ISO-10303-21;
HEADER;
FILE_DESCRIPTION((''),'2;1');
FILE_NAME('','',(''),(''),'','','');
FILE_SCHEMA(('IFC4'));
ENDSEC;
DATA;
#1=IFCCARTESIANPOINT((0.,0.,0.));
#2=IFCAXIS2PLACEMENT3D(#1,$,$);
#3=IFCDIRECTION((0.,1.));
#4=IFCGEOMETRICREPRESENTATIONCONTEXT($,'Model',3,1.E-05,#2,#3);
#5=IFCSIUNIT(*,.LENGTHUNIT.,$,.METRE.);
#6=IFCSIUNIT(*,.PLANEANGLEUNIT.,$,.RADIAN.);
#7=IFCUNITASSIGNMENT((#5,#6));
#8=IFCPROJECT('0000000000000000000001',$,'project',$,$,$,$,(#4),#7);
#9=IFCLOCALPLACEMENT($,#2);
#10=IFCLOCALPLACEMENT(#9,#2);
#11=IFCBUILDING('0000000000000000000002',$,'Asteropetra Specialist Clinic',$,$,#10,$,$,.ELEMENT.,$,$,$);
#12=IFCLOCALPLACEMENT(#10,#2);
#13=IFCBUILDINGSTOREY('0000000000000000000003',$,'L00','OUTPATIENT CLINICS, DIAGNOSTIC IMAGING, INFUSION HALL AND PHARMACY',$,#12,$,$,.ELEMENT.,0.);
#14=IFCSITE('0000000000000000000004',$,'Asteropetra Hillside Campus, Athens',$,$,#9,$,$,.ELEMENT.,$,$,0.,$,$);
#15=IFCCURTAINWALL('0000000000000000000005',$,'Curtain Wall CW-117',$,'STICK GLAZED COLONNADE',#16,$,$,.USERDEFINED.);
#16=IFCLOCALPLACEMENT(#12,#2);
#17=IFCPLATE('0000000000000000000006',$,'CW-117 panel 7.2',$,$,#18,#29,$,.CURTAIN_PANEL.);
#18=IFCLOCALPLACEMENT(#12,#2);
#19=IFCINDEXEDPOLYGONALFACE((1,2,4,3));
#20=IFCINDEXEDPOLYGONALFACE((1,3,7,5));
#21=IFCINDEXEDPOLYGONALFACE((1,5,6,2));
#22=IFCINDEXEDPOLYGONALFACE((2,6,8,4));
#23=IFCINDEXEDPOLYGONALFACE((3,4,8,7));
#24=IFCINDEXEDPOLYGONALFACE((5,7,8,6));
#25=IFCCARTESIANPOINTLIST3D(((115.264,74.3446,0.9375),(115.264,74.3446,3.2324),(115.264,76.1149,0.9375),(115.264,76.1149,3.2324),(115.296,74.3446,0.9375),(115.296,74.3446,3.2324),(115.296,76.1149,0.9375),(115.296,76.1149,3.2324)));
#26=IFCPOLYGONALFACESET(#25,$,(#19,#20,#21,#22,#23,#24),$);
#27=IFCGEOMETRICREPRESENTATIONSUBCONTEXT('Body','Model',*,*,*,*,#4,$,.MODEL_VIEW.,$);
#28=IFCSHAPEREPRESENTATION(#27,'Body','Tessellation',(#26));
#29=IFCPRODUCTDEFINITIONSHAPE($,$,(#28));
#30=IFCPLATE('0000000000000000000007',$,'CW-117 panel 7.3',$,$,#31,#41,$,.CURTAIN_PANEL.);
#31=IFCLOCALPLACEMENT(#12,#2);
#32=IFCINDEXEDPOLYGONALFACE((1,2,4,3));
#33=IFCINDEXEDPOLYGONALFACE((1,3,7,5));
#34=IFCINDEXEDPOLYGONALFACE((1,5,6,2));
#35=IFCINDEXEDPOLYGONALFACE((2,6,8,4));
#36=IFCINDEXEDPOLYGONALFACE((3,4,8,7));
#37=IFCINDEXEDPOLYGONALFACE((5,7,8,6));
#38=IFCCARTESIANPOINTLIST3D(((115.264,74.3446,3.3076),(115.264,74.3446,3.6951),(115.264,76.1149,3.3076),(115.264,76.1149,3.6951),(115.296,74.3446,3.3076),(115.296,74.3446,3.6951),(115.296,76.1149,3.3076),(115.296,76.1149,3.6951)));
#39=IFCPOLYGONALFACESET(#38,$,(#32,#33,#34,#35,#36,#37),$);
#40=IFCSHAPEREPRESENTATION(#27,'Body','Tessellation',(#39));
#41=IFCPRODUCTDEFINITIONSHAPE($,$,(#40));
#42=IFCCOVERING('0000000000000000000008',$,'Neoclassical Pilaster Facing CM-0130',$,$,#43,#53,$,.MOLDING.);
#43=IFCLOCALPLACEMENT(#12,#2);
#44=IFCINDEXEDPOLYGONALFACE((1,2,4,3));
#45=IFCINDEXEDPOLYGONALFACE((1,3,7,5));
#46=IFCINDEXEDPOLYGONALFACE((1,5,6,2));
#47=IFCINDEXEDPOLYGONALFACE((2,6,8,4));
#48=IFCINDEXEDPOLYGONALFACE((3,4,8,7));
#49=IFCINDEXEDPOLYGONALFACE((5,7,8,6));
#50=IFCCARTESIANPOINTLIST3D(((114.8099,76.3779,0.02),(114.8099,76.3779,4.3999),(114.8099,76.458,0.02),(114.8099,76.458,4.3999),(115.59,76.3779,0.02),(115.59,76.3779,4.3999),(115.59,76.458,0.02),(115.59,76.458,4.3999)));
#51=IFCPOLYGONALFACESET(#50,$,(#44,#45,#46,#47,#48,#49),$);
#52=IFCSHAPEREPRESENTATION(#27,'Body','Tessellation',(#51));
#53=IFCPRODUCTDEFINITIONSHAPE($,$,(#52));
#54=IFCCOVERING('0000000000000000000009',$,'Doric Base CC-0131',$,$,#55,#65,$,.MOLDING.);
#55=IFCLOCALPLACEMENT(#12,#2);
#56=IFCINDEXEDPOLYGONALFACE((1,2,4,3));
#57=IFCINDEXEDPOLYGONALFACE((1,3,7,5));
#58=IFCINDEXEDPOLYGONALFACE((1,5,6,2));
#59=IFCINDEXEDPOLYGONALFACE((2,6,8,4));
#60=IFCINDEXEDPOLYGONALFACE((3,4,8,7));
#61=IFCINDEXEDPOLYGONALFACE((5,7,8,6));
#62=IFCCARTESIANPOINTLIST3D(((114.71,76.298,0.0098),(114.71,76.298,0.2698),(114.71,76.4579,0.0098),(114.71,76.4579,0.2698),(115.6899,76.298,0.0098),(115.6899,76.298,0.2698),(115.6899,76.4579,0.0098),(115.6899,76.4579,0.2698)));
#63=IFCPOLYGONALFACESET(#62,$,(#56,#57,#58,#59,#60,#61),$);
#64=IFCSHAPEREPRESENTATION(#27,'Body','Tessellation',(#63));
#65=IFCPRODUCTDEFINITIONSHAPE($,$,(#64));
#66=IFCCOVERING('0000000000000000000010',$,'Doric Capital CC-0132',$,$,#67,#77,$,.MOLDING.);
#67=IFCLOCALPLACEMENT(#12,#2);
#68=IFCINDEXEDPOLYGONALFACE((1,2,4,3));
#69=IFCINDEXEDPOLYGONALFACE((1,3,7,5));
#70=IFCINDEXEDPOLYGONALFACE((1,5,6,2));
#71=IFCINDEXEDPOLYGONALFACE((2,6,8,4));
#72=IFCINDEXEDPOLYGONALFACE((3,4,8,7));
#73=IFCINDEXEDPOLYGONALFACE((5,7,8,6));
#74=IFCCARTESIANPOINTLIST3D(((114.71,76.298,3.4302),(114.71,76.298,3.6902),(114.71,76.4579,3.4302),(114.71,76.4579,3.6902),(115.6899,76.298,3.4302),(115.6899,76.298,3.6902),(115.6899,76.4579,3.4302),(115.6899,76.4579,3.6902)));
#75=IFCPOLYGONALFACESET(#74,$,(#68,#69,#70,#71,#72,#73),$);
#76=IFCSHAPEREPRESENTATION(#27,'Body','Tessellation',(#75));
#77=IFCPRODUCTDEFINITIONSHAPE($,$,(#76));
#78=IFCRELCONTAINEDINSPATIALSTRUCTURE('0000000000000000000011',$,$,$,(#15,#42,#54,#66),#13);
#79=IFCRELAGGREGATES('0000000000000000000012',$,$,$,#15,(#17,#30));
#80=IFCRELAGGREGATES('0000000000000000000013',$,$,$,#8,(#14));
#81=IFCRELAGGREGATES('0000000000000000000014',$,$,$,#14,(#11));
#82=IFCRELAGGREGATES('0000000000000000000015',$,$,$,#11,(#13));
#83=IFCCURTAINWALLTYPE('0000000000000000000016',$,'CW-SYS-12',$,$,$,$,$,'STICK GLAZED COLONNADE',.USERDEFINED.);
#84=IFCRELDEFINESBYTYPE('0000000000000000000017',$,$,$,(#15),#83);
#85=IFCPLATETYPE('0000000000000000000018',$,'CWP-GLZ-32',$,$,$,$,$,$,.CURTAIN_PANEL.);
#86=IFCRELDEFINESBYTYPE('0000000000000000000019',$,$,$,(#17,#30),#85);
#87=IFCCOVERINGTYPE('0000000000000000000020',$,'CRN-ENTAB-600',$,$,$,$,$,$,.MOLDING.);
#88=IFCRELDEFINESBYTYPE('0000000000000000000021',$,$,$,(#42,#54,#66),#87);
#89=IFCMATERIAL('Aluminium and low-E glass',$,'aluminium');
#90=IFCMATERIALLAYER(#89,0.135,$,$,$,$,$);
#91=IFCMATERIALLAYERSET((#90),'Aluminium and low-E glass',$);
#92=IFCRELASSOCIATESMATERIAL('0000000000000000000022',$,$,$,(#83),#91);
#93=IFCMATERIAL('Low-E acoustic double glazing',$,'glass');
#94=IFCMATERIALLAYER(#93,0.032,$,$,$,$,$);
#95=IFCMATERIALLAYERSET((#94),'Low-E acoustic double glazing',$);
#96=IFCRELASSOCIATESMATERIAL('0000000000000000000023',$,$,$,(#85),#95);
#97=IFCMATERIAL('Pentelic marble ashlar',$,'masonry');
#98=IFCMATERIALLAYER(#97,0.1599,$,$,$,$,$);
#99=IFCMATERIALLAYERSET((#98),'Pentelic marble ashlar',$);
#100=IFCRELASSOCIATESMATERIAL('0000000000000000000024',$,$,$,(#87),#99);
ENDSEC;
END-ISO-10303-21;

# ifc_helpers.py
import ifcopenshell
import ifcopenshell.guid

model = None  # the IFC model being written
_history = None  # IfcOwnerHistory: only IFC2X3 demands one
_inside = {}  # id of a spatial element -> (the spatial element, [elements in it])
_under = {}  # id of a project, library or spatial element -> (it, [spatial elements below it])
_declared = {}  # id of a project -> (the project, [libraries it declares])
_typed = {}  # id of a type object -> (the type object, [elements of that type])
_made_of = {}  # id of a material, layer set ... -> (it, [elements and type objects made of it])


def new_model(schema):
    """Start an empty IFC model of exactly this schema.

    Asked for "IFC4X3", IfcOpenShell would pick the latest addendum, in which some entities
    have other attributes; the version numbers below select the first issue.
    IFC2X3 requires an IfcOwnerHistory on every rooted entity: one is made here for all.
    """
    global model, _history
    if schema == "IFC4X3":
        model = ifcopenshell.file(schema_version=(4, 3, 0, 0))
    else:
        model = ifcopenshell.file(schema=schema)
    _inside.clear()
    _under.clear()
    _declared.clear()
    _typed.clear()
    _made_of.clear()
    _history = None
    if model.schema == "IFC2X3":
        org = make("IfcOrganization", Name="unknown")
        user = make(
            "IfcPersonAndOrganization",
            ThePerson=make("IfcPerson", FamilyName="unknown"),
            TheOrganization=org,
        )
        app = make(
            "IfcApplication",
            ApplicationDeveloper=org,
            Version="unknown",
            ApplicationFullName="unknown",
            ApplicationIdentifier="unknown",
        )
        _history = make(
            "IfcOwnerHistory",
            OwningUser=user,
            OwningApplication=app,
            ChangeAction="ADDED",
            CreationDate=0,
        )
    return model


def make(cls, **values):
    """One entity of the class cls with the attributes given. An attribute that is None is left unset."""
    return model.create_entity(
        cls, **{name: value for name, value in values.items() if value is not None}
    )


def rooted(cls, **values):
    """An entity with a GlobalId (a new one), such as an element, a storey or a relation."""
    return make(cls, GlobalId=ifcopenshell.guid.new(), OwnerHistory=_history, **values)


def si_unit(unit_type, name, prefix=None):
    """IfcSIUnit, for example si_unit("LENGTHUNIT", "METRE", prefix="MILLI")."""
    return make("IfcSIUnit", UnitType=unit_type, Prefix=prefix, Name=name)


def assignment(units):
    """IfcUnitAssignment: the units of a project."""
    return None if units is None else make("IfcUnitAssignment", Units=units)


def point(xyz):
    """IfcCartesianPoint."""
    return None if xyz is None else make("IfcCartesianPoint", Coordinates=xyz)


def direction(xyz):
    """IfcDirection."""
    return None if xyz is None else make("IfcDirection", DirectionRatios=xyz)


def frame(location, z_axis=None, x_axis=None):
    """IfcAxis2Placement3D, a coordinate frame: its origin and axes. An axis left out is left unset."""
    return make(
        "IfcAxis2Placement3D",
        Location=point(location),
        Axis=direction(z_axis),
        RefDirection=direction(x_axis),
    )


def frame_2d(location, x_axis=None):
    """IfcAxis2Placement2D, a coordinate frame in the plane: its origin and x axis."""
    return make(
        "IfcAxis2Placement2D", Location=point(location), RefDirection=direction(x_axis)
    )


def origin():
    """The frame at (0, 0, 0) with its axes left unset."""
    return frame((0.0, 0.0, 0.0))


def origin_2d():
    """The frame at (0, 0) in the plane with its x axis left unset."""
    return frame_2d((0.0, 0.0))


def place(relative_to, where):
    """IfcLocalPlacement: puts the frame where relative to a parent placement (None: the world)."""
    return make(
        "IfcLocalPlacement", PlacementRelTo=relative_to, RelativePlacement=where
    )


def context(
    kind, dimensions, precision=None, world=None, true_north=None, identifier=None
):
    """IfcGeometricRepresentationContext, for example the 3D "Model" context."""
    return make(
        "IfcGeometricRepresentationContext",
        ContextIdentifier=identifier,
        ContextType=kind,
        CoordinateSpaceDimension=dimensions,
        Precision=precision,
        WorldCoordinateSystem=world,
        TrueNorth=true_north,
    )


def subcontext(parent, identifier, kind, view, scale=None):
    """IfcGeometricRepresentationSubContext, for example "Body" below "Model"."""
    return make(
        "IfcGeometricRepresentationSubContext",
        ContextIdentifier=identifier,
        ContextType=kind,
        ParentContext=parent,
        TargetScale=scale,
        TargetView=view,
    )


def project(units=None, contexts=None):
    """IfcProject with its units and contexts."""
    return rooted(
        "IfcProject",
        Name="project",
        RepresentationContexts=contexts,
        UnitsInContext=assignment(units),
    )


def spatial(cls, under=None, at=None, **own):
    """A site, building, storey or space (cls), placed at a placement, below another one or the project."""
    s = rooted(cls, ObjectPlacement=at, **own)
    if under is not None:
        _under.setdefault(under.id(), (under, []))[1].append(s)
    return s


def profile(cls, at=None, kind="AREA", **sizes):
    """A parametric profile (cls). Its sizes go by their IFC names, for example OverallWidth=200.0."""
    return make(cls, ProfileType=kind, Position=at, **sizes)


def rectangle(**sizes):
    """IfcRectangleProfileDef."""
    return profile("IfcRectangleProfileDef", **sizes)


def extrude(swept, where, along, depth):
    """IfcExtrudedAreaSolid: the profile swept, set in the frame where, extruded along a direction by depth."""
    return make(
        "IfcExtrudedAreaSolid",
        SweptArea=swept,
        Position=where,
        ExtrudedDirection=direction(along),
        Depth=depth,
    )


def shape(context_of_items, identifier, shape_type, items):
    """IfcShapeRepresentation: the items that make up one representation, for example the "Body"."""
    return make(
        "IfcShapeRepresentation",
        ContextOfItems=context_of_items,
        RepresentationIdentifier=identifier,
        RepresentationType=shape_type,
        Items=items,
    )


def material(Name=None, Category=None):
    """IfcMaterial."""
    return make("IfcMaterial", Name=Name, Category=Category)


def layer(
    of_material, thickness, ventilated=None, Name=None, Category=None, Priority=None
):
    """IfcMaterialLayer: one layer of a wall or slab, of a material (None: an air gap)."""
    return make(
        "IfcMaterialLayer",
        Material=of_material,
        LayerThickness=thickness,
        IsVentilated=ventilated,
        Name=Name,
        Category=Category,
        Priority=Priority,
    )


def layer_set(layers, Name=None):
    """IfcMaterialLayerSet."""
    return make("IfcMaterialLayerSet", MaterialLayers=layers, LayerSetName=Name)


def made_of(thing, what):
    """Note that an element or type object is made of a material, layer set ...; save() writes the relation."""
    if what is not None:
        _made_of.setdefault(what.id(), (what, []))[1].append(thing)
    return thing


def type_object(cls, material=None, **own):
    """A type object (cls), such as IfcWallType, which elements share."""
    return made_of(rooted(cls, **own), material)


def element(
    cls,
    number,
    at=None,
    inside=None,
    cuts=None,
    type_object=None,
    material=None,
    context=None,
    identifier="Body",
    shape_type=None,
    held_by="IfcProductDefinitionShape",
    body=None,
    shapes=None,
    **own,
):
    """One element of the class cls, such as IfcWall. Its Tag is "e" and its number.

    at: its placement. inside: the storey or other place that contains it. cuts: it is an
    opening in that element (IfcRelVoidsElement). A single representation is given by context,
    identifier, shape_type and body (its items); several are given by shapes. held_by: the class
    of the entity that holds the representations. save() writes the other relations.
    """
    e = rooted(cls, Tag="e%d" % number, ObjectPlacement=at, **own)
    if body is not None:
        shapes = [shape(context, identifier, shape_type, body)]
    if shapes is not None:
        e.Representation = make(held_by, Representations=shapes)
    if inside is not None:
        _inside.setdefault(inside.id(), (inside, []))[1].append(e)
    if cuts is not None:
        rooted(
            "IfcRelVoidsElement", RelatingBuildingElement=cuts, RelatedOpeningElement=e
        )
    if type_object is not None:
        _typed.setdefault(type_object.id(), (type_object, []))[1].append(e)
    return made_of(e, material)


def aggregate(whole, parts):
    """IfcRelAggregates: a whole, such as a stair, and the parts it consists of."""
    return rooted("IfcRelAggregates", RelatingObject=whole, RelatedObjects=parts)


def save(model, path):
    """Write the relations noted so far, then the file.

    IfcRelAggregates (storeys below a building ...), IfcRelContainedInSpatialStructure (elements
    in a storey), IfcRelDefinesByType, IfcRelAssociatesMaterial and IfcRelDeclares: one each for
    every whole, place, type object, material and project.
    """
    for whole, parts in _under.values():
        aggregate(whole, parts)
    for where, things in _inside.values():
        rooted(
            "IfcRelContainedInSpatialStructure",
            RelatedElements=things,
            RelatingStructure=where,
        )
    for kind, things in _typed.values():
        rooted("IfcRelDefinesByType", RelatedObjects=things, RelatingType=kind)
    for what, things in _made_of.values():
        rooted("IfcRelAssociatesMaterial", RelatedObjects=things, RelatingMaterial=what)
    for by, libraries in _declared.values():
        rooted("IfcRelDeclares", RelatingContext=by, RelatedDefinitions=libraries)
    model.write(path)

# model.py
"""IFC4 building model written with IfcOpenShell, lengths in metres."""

from ifc_helpers import new_model, si_unit, direction, frame, origin, origin_2d, place, context, subcontext, project, spatial, rectangle, extrude, material, layer, layer_set, type_object, element, aggregate, save


model = new_model("IFC4")

# Units and contexts
model_context = context("Model", 3, precision=1e-05, world=origin(), true_north=direction((0.0, 1.0)))
body_context = subcontext(model_context, "Body", "Model", "MODEL_VIEW")
ifc_project = project(units=[si_unit("LENGTHUNIT", "METRE"), si_unit("PLANEANGLEUNIT", "RADIAN")], contexts=[model_context])

# Site, building, storey
site_placement = place(None, origin())
site = spatial("IfcSite", under=ifc_project, at=site_placement, Name="Asteropetra Hillside Campus, Athens", CompositionType="ELEMENT", RefElevation=0.0)
building_placement = place(site_placement, origin())
building = spatial("IfcBuilding", under=site, at=building_placement, Name="Asteropetra Specialist Clinic", CompositionType="ELEMENT")
storey_placement = place(building_placement, origin())
storey = spatial("IfcBuildingStorey", under=building, at=storey_placement, Name="L00", Description="OUTPATIENT CLINICS, DIAGNOSTIC IMAGING, INFUSION HALL AND PHARMACY", CompositionType="ELEMENT", Elevation=0.0)

# Curtain wall, plates
ifc_material_1 = material(Name="Aluminium and low-E glass", Category="aluminium")
ifc_layer_1 = layer(ifc_material_1, 0.135)
ifc_layer_set_1 = layer_set([ifc_layer_1], Name="Aluminium and low-E glass")
curtain_wall_type = type_object("IfcCurtainWallType", Name="CW-SYS-12", ElementType="STICK GLAZED COLONNADE", PredefinedType="USERDEFINED", material=ifc_layer_set_1)
curtain_wall_placement = place(storey_placement, origin())
curtain_wall = element("IfcCurtainWall", 1, at=curtain_wall_placement, inside=storey, type_object=curtain_wall_type, Name="Curtain Wall CW-117", ObjectType="STICK GLAZED COLONNADE", PredefinedType="USERDEFINED")
ifc_material_2 = material(Name="Low-E acoustic double glazing", Category="glass")
ifc_layer_2 = layer(ifc_material_2, 0.032)
ifc_layer_set_2 = layer_set([ifc_layer_2], Name="Low-E acoustic double glazing")
plate_type = type_object("IfcPlateType", Name="CWP-GLZ-32", PredefinedType="CURTAIN_PANEL", material=ifc_layer_set_2)
plate_1_placement = place(storey_placement, frame((115.28, 75.2297, 0.9375), z_axis=(0.0, 0.0, 1.0), x_axis=(0.0, 1.0, 0.0)))
plate_1 = element("IfcPlate", 2, at=plate_1_placement, type_object=plate_type, Name="CW-117 panel 7.2", PredefinedType="CURTAIN_PANEL", context=body_context, shape_type="SweptSolid", body=[
    extrude(rectangle(XDim=1.7703, YDim=0.032, at=origin_2d()), origin(), (0.0, 0.0, 1.0), 2.2949),
])
plate_2_placement = place(storey_placement, frame((115.28, 75.2297, 3.3076), z_axis=(0.0, 0.0, 1.0), x_axis=(0.0, 1.0, 0.0)))
plate_2 = element("IfcPlate", 3, at=plate_2_placement, type_object=plate_type, Name="CW-117 panel 7.3", PredefinedType="CURTAIN_PANEL", context=body_context, shape_type="SweptSolid", body=[
    extrude(rectangle(XDim=1.7703, YDim=0.032, at=origin_2d()), origin(), (0.0, 0.0, 1.0), 0.3875),
])
aggregate(curtain_wall, [plate_1, plate_2])

# Coverings
ifc_material_3 = material(Name="Pentelic marble ashlar", Category="masonry")
ifc_layer_3 = layer(ifc_material_3, 0.1599)
ifc_layer_set_3 = layer_set([ifc_layer_3], Name="Pentelic marble ashlar")
covering_type = type_object("IfcCoveringType", Name="CRN-ENTAB-600", PredefinedType="MOLDING", material=ifc_layer_set_3)
covering_placement = place(storey_placement, frame((115.2, 76.418, 0.02), z_axis=(0.0, 0.0, 1.0), x_axis=(1.0, 0.0, 0.0)))
element("IfcCovering", 4, at=covering_placement, inside=storey, type_object=covering_type, Name="Neoclassical Pilaster Facing CM-0130", PredefinedType="MOLDING", context=body_context, shape_type="SweptSolid", body=[
    extrude(rectangle(XDim=0.78, YDim=0.0801, at=origin_2d()), origin(), (0.0, 0.0, 1.0), 4.3799),
])
for number, where, z_axis, x_axis, name in (
    (5, (115.2, 76.3779, 0.0098), (0.0, 0.0, 1.0), (1.0, 0.0, 0.0), "Doric Base CC-0131"),
    (6, (115.2, 76.3779, 3.4302), (0.0, 0.0, 1.0), (1.0, 0.0, 0.0), "Doric Capital CC-0132"),
):
    element("IfcCovering", number, at=place(storey_placement, frame(where, z_axis=z_axis, x_axis=x_axis)), inside=storey, type_object=covering_type, Name=name, PredefinedType="MOLDING", context=body_context, shape_type="SweptSolid", body=[
        extrude(rectangle(XDim=0.98, YDim=0.1599, at=origin_2d()), origin(), (0.0, 0.0, 1.0), 0.26),
    ])

save(model, "model.ifc")
